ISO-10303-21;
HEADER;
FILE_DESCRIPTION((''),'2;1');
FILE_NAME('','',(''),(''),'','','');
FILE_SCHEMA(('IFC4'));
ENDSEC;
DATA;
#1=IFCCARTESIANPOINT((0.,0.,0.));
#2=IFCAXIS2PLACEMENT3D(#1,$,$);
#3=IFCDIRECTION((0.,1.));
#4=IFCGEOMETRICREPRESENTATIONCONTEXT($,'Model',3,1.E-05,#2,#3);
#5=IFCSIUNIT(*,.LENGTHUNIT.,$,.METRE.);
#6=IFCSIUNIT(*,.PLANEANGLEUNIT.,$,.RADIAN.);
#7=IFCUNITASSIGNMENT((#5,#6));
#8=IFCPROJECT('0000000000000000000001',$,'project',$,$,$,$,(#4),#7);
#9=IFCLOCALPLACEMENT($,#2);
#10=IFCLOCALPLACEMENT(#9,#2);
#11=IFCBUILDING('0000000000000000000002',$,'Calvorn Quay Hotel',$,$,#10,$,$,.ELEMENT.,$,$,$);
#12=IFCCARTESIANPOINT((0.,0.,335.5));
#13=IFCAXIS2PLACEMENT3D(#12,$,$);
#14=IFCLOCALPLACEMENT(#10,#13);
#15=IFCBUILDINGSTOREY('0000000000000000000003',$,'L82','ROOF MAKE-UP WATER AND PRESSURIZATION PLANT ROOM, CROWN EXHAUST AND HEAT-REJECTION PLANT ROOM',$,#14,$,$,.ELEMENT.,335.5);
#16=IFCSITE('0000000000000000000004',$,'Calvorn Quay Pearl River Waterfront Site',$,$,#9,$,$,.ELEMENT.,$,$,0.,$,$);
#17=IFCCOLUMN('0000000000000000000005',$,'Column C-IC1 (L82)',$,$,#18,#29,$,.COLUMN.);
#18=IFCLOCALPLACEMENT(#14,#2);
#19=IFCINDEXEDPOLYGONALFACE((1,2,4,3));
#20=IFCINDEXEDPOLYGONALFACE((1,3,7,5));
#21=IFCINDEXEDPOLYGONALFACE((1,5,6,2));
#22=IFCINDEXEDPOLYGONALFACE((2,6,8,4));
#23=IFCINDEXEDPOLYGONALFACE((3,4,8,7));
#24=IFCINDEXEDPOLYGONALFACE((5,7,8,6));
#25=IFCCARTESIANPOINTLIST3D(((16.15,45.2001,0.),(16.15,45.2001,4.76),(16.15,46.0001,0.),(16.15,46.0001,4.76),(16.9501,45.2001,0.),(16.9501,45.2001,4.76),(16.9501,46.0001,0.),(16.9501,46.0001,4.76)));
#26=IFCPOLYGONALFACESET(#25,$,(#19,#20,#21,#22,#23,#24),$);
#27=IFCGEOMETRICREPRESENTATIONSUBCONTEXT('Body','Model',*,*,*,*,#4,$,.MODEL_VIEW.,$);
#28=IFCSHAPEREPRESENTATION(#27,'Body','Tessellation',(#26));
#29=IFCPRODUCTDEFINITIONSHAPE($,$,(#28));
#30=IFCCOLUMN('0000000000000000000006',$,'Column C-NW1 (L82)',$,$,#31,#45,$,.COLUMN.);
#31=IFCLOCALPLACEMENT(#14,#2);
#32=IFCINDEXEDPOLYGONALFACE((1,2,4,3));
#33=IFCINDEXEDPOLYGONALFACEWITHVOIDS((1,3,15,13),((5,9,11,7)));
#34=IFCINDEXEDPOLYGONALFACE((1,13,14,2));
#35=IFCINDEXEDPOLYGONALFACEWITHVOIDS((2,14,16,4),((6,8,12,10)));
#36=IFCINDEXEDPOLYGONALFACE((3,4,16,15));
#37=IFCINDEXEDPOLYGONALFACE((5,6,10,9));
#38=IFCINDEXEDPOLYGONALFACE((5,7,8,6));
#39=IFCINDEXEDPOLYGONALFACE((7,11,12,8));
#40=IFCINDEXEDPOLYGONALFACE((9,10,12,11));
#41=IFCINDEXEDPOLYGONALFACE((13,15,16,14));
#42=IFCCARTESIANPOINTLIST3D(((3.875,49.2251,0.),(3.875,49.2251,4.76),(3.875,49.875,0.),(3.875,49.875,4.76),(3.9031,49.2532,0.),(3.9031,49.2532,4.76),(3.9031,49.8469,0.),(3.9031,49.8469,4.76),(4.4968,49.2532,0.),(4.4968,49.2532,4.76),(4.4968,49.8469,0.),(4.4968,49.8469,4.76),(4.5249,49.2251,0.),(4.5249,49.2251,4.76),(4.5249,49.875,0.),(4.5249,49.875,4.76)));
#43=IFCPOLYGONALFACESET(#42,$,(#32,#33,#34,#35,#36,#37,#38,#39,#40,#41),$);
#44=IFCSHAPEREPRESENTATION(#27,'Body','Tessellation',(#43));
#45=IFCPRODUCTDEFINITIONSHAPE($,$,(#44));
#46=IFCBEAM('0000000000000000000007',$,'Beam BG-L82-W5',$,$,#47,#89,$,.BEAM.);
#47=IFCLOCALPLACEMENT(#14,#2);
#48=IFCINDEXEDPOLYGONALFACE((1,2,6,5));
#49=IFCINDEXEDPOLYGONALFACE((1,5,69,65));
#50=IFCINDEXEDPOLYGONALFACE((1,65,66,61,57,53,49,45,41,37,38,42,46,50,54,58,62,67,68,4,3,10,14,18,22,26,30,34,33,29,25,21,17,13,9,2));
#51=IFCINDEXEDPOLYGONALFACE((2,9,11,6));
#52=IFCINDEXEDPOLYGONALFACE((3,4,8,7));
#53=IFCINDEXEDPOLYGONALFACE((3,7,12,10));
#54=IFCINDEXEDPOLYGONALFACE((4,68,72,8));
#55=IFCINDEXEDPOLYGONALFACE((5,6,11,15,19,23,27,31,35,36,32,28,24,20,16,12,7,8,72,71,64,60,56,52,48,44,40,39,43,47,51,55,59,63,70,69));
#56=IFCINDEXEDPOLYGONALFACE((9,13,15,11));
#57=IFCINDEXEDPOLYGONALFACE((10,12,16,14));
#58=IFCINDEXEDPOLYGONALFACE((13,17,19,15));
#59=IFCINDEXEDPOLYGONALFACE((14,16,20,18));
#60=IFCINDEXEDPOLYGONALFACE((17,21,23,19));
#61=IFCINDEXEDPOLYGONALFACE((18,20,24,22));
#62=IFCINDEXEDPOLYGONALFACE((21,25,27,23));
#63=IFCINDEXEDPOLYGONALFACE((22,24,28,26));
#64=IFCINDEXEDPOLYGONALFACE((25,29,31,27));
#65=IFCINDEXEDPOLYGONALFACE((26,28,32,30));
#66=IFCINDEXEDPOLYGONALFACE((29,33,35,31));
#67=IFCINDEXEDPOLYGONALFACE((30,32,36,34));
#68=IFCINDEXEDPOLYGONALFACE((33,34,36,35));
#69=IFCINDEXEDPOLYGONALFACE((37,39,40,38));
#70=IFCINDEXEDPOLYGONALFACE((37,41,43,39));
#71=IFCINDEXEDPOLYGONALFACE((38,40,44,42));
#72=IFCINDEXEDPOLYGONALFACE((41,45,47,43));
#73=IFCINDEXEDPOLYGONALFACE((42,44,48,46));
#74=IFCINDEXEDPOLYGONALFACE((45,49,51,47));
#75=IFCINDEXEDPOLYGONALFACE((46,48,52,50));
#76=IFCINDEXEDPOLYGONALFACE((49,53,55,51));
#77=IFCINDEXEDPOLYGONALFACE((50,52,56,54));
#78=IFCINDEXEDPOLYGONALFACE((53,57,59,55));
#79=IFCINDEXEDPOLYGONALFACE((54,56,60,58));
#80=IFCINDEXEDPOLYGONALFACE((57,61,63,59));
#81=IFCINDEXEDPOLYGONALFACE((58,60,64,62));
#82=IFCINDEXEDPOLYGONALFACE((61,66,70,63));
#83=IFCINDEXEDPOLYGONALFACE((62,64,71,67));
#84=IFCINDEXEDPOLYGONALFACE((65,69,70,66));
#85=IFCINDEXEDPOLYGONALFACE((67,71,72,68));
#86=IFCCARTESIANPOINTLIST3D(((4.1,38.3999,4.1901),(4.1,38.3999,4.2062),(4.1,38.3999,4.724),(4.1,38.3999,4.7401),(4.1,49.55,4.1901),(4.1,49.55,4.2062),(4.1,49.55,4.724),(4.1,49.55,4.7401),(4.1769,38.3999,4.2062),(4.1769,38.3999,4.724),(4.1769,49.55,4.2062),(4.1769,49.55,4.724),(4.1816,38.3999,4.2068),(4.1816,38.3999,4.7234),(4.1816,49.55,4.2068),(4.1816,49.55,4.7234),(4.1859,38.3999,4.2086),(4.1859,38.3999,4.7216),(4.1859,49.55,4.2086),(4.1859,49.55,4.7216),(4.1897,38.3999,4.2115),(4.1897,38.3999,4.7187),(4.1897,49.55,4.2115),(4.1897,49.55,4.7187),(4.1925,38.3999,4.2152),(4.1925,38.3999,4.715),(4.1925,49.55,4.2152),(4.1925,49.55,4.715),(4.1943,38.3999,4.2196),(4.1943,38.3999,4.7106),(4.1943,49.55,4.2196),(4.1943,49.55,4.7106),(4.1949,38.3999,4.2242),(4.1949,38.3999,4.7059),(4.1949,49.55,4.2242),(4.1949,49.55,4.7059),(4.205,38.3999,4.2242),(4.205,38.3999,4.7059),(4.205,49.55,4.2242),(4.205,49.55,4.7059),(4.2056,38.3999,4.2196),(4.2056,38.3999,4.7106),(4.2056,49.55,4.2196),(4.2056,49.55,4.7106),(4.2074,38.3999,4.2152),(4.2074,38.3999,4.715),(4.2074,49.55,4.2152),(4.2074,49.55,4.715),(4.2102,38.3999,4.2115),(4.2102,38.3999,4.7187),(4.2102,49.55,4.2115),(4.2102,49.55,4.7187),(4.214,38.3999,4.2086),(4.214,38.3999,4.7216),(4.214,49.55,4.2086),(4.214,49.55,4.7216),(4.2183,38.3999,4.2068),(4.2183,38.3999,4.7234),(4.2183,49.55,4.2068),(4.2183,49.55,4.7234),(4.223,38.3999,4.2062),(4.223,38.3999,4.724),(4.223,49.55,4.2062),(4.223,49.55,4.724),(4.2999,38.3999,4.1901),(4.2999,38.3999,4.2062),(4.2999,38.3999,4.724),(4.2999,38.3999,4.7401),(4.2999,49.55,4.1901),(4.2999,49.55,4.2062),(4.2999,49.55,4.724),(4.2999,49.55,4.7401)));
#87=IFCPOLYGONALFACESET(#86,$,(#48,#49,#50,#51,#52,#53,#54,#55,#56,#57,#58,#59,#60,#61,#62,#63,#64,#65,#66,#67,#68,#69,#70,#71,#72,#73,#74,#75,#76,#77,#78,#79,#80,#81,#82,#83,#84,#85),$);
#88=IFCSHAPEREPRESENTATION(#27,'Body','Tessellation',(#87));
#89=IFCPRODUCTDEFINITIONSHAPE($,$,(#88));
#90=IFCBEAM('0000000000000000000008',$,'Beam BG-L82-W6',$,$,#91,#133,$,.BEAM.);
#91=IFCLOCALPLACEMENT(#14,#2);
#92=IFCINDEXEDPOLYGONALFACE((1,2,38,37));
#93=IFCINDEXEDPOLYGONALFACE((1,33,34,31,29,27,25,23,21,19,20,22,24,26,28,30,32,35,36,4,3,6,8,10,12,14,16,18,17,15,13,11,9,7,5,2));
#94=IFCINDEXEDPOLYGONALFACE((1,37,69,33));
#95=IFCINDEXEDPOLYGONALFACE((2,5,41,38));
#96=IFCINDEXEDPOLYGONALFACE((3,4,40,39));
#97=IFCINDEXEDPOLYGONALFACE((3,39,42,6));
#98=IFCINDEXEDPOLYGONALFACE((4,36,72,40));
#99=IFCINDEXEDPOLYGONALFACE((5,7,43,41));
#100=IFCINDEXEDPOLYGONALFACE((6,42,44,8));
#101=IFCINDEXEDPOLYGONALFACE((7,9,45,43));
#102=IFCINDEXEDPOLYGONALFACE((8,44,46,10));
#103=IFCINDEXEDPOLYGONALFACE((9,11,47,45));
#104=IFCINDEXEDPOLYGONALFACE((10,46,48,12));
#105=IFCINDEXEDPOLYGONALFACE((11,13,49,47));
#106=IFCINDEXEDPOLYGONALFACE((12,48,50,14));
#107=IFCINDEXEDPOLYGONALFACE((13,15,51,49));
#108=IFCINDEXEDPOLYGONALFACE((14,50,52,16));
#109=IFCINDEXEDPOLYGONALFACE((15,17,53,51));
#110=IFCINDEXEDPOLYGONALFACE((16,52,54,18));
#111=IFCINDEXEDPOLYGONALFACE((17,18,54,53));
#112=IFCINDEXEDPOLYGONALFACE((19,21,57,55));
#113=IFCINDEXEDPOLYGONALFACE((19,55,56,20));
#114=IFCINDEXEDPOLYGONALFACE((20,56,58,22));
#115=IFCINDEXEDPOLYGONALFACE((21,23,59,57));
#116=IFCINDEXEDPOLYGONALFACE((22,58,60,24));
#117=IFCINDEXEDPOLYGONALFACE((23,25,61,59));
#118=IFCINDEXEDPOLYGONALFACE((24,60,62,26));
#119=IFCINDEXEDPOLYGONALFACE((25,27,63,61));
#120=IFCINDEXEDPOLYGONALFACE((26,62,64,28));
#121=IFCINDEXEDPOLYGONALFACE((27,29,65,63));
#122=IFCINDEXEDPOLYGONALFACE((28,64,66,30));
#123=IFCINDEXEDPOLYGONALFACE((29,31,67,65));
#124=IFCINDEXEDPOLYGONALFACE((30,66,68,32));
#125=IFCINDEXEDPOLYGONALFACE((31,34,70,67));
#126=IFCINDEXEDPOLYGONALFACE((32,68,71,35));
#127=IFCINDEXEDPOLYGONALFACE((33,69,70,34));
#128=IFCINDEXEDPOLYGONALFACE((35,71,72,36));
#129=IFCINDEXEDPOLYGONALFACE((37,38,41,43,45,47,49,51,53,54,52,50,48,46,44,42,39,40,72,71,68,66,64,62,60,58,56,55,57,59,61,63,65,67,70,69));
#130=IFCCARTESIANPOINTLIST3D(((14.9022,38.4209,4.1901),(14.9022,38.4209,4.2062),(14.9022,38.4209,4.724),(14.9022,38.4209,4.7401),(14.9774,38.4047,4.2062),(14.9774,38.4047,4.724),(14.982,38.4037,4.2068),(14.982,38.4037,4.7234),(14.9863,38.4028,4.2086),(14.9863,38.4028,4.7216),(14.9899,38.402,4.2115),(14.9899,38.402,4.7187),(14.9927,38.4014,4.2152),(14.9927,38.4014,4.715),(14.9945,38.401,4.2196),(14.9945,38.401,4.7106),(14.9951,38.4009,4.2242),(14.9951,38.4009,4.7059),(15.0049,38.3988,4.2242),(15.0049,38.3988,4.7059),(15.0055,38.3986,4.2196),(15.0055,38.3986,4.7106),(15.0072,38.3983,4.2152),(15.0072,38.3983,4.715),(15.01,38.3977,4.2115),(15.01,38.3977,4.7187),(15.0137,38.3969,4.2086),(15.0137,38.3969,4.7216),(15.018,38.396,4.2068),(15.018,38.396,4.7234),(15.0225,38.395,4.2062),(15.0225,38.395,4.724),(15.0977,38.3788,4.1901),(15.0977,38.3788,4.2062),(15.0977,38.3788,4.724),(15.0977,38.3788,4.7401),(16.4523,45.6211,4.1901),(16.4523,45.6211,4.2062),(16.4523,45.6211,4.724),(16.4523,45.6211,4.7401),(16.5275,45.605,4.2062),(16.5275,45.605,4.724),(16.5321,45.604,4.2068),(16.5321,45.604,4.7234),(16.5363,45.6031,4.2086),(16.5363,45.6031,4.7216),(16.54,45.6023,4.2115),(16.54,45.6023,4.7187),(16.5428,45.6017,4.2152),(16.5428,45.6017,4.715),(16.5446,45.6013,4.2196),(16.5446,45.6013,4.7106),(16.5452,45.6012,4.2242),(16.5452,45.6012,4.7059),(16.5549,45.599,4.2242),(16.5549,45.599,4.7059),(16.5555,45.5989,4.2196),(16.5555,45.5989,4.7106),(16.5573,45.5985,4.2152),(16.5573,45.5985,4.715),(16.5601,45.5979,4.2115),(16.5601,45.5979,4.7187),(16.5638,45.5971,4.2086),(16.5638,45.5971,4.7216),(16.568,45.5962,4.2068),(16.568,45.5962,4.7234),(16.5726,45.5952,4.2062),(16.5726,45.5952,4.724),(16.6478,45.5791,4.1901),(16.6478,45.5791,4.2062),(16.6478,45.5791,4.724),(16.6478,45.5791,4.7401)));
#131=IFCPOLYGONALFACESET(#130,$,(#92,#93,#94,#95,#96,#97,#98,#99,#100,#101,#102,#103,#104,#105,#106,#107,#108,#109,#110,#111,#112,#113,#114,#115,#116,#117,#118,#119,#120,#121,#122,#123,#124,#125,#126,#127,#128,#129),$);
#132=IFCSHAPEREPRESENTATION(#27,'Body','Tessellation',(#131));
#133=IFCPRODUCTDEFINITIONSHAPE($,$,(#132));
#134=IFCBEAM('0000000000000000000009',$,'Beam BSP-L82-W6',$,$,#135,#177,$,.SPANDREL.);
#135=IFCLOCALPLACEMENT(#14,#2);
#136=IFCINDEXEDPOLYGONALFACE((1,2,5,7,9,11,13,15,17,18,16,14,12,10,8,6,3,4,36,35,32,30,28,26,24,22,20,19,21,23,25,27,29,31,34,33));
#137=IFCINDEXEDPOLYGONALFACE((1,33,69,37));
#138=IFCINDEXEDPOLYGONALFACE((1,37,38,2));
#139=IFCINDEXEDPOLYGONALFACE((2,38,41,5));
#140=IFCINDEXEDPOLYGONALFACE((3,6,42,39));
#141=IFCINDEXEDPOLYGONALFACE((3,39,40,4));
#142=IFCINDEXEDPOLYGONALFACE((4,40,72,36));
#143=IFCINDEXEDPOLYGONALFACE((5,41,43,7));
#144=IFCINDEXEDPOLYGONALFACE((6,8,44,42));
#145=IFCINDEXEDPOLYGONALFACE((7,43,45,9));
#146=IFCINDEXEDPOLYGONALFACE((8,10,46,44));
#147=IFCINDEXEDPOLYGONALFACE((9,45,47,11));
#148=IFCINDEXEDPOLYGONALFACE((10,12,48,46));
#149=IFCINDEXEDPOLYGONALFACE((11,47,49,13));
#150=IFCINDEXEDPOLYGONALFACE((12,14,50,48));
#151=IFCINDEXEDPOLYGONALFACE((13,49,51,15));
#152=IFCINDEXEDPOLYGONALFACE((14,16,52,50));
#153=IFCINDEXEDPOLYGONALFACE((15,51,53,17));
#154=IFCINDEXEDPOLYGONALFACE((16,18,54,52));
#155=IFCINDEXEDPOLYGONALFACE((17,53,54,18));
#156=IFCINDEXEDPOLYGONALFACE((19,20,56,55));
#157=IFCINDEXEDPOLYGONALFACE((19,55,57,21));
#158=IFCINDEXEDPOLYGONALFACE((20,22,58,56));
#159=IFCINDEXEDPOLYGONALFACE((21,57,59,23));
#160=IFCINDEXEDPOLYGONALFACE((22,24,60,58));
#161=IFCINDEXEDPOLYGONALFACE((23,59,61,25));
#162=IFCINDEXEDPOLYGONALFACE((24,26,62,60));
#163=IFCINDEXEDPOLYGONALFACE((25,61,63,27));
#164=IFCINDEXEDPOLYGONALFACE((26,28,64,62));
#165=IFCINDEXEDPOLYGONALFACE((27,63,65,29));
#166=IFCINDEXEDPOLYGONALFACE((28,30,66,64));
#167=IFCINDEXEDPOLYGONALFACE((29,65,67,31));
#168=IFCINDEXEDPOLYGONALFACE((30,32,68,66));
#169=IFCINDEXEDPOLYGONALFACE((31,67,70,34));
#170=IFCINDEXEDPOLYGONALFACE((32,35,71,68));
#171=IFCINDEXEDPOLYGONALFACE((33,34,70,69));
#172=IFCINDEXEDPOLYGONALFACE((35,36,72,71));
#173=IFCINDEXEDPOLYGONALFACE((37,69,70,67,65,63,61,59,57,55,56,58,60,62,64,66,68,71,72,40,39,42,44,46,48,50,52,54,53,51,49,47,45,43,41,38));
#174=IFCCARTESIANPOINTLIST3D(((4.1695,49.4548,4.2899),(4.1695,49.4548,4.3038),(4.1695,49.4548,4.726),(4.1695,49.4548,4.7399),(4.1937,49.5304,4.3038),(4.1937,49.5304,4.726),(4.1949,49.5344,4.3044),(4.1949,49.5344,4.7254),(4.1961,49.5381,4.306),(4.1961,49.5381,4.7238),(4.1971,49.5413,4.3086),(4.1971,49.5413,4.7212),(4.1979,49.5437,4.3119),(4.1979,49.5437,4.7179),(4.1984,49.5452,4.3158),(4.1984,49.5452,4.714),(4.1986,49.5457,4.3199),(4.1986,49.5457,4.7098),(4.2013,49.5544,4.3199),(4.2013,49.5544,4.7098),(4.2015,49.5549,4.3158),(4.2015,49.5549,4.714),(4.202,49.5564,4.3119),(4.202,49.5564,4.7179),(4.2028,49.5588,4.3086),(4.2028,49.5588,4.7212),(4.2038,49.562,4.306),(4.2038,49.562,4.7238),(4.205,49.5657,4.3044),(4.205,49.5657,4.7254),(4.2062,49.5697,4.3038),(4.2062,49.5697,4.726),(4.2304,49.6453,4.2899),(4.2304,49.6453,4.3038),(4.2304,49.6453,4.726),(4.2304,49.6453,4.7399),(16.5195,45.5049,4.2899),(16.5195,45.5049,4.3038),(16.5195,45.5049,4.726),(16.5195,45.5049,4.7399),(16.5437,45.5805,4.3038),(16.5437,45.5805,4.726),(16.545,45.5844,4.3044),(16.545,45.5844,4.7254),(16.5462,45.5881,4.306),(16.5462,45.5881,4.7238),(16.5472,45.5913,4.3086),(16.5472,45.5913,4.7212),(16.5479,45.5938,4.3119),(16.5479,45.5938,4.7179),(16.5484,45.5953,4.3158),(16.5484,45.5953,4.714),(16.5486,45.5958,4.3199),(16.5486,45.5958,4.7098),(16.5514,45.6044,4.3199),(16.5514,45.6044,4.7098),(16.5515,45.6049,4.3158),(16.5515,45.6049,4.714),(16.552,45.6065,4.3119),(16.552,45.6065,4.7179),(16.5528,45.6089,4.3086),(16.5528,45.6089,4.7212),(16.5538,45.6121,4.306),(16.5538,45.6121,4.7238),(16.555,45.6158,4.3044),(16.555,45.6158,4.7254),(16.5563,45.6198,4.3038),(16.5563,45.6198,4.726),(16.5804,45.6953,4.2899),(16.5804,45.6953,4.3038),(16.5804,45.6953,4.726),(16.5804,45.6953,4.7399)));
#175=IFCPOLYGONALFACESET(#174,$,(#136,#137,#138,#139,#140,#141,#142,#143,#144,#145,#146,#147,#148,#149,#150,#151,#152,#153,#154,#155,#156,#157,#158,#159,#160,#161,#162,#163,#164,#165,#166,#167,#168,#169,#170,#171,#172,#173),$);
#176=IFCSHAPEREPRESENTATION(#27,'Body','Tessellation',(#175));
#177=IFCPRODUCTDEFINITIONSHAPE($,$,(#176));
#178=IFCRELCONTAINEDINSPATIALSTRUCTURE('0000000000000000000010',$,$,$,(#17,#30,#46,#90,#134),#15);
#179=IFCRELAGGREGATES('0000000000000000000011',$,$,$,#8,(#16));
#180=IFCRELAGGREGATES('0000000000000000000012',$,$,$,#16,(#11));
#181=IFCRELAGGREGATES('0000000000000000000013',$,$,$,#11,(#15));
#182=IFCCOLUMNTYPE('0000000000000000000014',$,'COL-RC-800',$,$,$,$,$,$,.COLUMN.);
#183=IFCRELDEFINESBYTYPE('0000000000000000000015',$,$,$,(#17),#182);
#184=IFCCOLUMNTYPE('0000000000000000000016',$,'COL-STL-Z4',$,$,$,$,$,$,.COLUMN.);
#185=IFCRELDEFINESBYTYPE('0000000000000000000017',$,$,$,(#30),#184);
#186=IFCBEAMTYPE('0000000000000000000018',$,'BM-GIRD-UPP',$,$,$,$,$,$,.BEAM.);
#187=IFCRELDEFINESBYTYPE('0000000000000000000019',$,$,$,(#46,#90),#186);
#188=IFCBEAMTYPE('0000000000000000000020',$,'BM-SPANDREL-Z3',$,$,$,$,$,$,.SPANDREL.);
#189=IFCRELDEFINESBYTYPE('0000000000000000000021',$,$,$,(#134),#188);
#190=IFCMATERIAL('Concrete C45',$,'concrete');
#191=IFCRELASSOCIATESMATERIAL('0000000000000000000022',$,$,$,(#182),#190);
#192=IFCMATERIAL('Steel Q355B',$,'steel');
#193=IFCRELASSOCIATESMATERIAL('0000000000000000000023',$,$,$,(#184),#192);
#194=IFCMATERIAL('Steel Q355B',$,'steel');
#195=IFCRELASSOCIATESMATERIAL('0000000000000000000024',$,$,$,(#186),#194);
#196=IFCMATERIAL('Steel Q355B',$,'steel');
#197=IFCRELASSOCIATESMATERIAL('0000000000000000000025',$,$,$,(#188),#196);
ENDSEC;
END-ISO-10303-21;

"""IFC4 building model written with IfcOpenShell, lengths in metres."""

from ifc_helpers import new_model, si_unit, direction, frame, origin, origin_2d, place, context, subcontext, project, spatial, rectangle, hollow_rectangle, i_section, extrude, material, material_profile, profile_set, type_object, element, save


model = new_model("IFC4")

# Units and contexts
model_context = context("Model", 3, precision=1e-05, world=origin(), true_north=direction((0.0, 1.0)))
body_context = subcontext(model_context, "Body", "Model", "MODEL_VIEW")
ifc_project = project(units=[si_unit("LENGTHUNIT", "METRE"), si_unit("PLANEANGLEUNIT", "RADIAN")], contexts=[model_context])

# Site, building, storey
site_placement = place(None, origin())
site = spatial("IfcSite", under=ifc_project, at=site_placement, Name="Calvorn Quay Pearl River Waterfront Site", CompositionType="ELEMENT", RefElevation=0.0)
building_placement = place(site_placement, origin())
building = spatial("IfcBuilding", under=site, at=building_placement, Name="Calvorn Quay Hotel", CompositionType="ELEMENT")
storey_placement = place(building_placement, frame((0.0, 0.0, 335.5)))
storey = spatial("IfcBuildingStorey", under=building, at=storey_placement, Name="L82", Description="ROOF MAKE-UP WATER AND PRESSURIZATION PLANT ROOM, CROWN EXHAUST AND HEAT-REJECTION PLANT ROOM", CompositionType="ELEMENT", Elevation=335.5)

# Columns
ifc_material_1 = material(Name="Concrete C45", Category="concrete")
ifc_material_profile_1 = material_profile(ifc_material_1, rectangle(XDim=0.8, YDim=0.8, at=origin_2d()), Name="RC800x800")
ifc_profile_set_1 = profile_set([ifc_material_profile_1], Name="Concrete C45")
column_type_1 = type_object("IfcColumnType", Name="COL-RC-800", PredefinedType="COLUMN", material=ifc_profile_set_1)
column_1_placement = place(storey_placement, frame((16.55, 45.6001, 0.0), z_axis=(0.0, 0.0, 1.0), x_axis=(1.0, 0.0, 0.0)))
element("IfcColumn", 1, at=column_1_placement, inside=storey, type_object=column_type_1, Name="Column C-IC1 (L82)", PredefinedType="COLUMN", context=body_context, shape_type="SweptSolid", body=[
    extrude(rectangle(XDim=0.8, YDim=0.8, at=origin_2d()), origin(), (0.0, 0.0, 1.0), 4.76),
])
ifc_material_2 = material(Name="Steel Q355B", Category="steel")
ifc_material_profile_2 = material_profile(ifc_material_2, hollow_rectangle(XDim=0.6499, YDim=0.6499, WallThickness=0.0281, at=origin_2d()), Name="BOX650x650x28")
ifc_profile_set_2 = profile_set([ifc_material_profile_2], Name="Steel Q355B")
column_type_2 = type_object("IfcColumnType", Name="COL-STL-Z4", PredefinedType="COLUMN", material=ifc_profile_set_2)
column_2_placement = place(storey_placement, frame((4.2, 49.55, 0.0), z_axis=(0.0, 0.0, 1.0), x_axis=(1.0, 0.0, 0.0)))
element("IfcColumn", 2, at=column_2_placement, inside=storey, type_object=column_type_2, Name="Column C-NW1 (L82)", PredefinedType="COLUMN", context=body_context, shape_type="SweptSolid", body=[
    extrude(hollow_rectangle(XDim=0.6499, YDim=0.6499, WallThickness=0.0281, at=origin_2d()), origin(), (0.0, 0.0, 1.0), 4.76),
])

# Beams
ifc_material_3 = material(Name="Steel Q355B", Category="steel")
ifc_material_profile_3 = material_profile(ifc_material_3, i_section(OverallWidth=0.2, OverallDepth=0.55, WebThickness=0.01, FlangeThickness=0.0161, FilletRadius=0.0181, at=origin_2d()), Name="HN550x200x10x16")
ifc_profile_set_3 = profile_set([ifc_material_profile_3], Name="Steel Q355B")
beam_type_1 = type_object("IfcBeamType", Name="BM-GIRD-UPP", PredefinedType="BEAM", material=ifc_profile_set_3)
beam_1_placement = place(storey_placement, frame((4.2, 49.55, 4.4651), z_axis=(0.0, -1.0, 0.0), x_axis=(1.0, 0.0, 0.0)))
element("IfcBeam", 3, at=beam_1_placement, inside=storey, type_object=beam_type_1, Name="Beam BG-L82-W5", PredefinedType="BEAM", context=body_context, shape_type="SweptSolid", body=[
    extrude(i_section(OverallWidth=0.2, OverallDepth=0.55, WebThickness=0.01, FlangeThickness=0.0161, FilletRadius=0.0181, at=origin_2d()), origin(), (0.0, 0.0, 1.0), 11.1501),
])
beam_2_placement = place(storey_placement, frame((16.55, 45.6001, 4.4651), z_axis=(-0.210457, -0.977603, 0.0), x_axis=(0.977603, -0.210457, 0.0)))
element("IfcBeam", 4, at=beam_2_placement, inside=storey, type_object=beam_type_1, Name="Beam BG-L82-W6", PredefinedType="BEAM", context=body_context, shape_type="SweptSolid", body=[
    extrude(i_section(OverallWidth=0.2, OverallDepth=0.55, WebThickness=0.01, FlangeThickness=0.0161, FilletRadius=0.0181, at=origin_2d()), origin(), (0.0, 0.0, 1.0), 7.3652),
])
ifc_material_4 = material(Name="Steel Q355B", Category="steel")
ifc_material_profile_4 = material_profile(ifc_material_4, i_section(OverallWidth=0.2, OverallDepth=0.45, WebThickness=0.009, FlangeThickness=0.0139, FilletRadius=0.0161, at=origin_2d()), Name="HN450x200x9x14")
ifc_profile_set_4 = profile_set([ifc_material_profile_4], Name="Steel Q355B")
beam_type_2 = type_object("IfcBeamType", Name="BM-SPANDREL-Z3", PredefinedType="SPANDREL", material=ifc_profile_set_4)
beam_3_placement = place(storey_placement, frame((4.2, 49.55, 4.5149), z_axis=(0.952471, -0.30463, 0.0), x_axis=(0.30463, 0.952471, 0.0)))
element("IfcBeam", 5, at=beam_3_placement, inside=storey, type_object=beam_type_2, Name="Beam BSP-L82-W6", PredefinedType="SPANDREL", context=body_context, shape_type="SweptSolid", body=[
    extrude(i_section(OverallWidth=0.2, OverallDepth=0.45, WebThickness=0.009, FlangeThickness=0.0139, FilletRadius=0.0161, at=origin_2d()), origin(), (0.0, 0.0, 1.0), 12.9663),
])

save(model, "model.ifc")
